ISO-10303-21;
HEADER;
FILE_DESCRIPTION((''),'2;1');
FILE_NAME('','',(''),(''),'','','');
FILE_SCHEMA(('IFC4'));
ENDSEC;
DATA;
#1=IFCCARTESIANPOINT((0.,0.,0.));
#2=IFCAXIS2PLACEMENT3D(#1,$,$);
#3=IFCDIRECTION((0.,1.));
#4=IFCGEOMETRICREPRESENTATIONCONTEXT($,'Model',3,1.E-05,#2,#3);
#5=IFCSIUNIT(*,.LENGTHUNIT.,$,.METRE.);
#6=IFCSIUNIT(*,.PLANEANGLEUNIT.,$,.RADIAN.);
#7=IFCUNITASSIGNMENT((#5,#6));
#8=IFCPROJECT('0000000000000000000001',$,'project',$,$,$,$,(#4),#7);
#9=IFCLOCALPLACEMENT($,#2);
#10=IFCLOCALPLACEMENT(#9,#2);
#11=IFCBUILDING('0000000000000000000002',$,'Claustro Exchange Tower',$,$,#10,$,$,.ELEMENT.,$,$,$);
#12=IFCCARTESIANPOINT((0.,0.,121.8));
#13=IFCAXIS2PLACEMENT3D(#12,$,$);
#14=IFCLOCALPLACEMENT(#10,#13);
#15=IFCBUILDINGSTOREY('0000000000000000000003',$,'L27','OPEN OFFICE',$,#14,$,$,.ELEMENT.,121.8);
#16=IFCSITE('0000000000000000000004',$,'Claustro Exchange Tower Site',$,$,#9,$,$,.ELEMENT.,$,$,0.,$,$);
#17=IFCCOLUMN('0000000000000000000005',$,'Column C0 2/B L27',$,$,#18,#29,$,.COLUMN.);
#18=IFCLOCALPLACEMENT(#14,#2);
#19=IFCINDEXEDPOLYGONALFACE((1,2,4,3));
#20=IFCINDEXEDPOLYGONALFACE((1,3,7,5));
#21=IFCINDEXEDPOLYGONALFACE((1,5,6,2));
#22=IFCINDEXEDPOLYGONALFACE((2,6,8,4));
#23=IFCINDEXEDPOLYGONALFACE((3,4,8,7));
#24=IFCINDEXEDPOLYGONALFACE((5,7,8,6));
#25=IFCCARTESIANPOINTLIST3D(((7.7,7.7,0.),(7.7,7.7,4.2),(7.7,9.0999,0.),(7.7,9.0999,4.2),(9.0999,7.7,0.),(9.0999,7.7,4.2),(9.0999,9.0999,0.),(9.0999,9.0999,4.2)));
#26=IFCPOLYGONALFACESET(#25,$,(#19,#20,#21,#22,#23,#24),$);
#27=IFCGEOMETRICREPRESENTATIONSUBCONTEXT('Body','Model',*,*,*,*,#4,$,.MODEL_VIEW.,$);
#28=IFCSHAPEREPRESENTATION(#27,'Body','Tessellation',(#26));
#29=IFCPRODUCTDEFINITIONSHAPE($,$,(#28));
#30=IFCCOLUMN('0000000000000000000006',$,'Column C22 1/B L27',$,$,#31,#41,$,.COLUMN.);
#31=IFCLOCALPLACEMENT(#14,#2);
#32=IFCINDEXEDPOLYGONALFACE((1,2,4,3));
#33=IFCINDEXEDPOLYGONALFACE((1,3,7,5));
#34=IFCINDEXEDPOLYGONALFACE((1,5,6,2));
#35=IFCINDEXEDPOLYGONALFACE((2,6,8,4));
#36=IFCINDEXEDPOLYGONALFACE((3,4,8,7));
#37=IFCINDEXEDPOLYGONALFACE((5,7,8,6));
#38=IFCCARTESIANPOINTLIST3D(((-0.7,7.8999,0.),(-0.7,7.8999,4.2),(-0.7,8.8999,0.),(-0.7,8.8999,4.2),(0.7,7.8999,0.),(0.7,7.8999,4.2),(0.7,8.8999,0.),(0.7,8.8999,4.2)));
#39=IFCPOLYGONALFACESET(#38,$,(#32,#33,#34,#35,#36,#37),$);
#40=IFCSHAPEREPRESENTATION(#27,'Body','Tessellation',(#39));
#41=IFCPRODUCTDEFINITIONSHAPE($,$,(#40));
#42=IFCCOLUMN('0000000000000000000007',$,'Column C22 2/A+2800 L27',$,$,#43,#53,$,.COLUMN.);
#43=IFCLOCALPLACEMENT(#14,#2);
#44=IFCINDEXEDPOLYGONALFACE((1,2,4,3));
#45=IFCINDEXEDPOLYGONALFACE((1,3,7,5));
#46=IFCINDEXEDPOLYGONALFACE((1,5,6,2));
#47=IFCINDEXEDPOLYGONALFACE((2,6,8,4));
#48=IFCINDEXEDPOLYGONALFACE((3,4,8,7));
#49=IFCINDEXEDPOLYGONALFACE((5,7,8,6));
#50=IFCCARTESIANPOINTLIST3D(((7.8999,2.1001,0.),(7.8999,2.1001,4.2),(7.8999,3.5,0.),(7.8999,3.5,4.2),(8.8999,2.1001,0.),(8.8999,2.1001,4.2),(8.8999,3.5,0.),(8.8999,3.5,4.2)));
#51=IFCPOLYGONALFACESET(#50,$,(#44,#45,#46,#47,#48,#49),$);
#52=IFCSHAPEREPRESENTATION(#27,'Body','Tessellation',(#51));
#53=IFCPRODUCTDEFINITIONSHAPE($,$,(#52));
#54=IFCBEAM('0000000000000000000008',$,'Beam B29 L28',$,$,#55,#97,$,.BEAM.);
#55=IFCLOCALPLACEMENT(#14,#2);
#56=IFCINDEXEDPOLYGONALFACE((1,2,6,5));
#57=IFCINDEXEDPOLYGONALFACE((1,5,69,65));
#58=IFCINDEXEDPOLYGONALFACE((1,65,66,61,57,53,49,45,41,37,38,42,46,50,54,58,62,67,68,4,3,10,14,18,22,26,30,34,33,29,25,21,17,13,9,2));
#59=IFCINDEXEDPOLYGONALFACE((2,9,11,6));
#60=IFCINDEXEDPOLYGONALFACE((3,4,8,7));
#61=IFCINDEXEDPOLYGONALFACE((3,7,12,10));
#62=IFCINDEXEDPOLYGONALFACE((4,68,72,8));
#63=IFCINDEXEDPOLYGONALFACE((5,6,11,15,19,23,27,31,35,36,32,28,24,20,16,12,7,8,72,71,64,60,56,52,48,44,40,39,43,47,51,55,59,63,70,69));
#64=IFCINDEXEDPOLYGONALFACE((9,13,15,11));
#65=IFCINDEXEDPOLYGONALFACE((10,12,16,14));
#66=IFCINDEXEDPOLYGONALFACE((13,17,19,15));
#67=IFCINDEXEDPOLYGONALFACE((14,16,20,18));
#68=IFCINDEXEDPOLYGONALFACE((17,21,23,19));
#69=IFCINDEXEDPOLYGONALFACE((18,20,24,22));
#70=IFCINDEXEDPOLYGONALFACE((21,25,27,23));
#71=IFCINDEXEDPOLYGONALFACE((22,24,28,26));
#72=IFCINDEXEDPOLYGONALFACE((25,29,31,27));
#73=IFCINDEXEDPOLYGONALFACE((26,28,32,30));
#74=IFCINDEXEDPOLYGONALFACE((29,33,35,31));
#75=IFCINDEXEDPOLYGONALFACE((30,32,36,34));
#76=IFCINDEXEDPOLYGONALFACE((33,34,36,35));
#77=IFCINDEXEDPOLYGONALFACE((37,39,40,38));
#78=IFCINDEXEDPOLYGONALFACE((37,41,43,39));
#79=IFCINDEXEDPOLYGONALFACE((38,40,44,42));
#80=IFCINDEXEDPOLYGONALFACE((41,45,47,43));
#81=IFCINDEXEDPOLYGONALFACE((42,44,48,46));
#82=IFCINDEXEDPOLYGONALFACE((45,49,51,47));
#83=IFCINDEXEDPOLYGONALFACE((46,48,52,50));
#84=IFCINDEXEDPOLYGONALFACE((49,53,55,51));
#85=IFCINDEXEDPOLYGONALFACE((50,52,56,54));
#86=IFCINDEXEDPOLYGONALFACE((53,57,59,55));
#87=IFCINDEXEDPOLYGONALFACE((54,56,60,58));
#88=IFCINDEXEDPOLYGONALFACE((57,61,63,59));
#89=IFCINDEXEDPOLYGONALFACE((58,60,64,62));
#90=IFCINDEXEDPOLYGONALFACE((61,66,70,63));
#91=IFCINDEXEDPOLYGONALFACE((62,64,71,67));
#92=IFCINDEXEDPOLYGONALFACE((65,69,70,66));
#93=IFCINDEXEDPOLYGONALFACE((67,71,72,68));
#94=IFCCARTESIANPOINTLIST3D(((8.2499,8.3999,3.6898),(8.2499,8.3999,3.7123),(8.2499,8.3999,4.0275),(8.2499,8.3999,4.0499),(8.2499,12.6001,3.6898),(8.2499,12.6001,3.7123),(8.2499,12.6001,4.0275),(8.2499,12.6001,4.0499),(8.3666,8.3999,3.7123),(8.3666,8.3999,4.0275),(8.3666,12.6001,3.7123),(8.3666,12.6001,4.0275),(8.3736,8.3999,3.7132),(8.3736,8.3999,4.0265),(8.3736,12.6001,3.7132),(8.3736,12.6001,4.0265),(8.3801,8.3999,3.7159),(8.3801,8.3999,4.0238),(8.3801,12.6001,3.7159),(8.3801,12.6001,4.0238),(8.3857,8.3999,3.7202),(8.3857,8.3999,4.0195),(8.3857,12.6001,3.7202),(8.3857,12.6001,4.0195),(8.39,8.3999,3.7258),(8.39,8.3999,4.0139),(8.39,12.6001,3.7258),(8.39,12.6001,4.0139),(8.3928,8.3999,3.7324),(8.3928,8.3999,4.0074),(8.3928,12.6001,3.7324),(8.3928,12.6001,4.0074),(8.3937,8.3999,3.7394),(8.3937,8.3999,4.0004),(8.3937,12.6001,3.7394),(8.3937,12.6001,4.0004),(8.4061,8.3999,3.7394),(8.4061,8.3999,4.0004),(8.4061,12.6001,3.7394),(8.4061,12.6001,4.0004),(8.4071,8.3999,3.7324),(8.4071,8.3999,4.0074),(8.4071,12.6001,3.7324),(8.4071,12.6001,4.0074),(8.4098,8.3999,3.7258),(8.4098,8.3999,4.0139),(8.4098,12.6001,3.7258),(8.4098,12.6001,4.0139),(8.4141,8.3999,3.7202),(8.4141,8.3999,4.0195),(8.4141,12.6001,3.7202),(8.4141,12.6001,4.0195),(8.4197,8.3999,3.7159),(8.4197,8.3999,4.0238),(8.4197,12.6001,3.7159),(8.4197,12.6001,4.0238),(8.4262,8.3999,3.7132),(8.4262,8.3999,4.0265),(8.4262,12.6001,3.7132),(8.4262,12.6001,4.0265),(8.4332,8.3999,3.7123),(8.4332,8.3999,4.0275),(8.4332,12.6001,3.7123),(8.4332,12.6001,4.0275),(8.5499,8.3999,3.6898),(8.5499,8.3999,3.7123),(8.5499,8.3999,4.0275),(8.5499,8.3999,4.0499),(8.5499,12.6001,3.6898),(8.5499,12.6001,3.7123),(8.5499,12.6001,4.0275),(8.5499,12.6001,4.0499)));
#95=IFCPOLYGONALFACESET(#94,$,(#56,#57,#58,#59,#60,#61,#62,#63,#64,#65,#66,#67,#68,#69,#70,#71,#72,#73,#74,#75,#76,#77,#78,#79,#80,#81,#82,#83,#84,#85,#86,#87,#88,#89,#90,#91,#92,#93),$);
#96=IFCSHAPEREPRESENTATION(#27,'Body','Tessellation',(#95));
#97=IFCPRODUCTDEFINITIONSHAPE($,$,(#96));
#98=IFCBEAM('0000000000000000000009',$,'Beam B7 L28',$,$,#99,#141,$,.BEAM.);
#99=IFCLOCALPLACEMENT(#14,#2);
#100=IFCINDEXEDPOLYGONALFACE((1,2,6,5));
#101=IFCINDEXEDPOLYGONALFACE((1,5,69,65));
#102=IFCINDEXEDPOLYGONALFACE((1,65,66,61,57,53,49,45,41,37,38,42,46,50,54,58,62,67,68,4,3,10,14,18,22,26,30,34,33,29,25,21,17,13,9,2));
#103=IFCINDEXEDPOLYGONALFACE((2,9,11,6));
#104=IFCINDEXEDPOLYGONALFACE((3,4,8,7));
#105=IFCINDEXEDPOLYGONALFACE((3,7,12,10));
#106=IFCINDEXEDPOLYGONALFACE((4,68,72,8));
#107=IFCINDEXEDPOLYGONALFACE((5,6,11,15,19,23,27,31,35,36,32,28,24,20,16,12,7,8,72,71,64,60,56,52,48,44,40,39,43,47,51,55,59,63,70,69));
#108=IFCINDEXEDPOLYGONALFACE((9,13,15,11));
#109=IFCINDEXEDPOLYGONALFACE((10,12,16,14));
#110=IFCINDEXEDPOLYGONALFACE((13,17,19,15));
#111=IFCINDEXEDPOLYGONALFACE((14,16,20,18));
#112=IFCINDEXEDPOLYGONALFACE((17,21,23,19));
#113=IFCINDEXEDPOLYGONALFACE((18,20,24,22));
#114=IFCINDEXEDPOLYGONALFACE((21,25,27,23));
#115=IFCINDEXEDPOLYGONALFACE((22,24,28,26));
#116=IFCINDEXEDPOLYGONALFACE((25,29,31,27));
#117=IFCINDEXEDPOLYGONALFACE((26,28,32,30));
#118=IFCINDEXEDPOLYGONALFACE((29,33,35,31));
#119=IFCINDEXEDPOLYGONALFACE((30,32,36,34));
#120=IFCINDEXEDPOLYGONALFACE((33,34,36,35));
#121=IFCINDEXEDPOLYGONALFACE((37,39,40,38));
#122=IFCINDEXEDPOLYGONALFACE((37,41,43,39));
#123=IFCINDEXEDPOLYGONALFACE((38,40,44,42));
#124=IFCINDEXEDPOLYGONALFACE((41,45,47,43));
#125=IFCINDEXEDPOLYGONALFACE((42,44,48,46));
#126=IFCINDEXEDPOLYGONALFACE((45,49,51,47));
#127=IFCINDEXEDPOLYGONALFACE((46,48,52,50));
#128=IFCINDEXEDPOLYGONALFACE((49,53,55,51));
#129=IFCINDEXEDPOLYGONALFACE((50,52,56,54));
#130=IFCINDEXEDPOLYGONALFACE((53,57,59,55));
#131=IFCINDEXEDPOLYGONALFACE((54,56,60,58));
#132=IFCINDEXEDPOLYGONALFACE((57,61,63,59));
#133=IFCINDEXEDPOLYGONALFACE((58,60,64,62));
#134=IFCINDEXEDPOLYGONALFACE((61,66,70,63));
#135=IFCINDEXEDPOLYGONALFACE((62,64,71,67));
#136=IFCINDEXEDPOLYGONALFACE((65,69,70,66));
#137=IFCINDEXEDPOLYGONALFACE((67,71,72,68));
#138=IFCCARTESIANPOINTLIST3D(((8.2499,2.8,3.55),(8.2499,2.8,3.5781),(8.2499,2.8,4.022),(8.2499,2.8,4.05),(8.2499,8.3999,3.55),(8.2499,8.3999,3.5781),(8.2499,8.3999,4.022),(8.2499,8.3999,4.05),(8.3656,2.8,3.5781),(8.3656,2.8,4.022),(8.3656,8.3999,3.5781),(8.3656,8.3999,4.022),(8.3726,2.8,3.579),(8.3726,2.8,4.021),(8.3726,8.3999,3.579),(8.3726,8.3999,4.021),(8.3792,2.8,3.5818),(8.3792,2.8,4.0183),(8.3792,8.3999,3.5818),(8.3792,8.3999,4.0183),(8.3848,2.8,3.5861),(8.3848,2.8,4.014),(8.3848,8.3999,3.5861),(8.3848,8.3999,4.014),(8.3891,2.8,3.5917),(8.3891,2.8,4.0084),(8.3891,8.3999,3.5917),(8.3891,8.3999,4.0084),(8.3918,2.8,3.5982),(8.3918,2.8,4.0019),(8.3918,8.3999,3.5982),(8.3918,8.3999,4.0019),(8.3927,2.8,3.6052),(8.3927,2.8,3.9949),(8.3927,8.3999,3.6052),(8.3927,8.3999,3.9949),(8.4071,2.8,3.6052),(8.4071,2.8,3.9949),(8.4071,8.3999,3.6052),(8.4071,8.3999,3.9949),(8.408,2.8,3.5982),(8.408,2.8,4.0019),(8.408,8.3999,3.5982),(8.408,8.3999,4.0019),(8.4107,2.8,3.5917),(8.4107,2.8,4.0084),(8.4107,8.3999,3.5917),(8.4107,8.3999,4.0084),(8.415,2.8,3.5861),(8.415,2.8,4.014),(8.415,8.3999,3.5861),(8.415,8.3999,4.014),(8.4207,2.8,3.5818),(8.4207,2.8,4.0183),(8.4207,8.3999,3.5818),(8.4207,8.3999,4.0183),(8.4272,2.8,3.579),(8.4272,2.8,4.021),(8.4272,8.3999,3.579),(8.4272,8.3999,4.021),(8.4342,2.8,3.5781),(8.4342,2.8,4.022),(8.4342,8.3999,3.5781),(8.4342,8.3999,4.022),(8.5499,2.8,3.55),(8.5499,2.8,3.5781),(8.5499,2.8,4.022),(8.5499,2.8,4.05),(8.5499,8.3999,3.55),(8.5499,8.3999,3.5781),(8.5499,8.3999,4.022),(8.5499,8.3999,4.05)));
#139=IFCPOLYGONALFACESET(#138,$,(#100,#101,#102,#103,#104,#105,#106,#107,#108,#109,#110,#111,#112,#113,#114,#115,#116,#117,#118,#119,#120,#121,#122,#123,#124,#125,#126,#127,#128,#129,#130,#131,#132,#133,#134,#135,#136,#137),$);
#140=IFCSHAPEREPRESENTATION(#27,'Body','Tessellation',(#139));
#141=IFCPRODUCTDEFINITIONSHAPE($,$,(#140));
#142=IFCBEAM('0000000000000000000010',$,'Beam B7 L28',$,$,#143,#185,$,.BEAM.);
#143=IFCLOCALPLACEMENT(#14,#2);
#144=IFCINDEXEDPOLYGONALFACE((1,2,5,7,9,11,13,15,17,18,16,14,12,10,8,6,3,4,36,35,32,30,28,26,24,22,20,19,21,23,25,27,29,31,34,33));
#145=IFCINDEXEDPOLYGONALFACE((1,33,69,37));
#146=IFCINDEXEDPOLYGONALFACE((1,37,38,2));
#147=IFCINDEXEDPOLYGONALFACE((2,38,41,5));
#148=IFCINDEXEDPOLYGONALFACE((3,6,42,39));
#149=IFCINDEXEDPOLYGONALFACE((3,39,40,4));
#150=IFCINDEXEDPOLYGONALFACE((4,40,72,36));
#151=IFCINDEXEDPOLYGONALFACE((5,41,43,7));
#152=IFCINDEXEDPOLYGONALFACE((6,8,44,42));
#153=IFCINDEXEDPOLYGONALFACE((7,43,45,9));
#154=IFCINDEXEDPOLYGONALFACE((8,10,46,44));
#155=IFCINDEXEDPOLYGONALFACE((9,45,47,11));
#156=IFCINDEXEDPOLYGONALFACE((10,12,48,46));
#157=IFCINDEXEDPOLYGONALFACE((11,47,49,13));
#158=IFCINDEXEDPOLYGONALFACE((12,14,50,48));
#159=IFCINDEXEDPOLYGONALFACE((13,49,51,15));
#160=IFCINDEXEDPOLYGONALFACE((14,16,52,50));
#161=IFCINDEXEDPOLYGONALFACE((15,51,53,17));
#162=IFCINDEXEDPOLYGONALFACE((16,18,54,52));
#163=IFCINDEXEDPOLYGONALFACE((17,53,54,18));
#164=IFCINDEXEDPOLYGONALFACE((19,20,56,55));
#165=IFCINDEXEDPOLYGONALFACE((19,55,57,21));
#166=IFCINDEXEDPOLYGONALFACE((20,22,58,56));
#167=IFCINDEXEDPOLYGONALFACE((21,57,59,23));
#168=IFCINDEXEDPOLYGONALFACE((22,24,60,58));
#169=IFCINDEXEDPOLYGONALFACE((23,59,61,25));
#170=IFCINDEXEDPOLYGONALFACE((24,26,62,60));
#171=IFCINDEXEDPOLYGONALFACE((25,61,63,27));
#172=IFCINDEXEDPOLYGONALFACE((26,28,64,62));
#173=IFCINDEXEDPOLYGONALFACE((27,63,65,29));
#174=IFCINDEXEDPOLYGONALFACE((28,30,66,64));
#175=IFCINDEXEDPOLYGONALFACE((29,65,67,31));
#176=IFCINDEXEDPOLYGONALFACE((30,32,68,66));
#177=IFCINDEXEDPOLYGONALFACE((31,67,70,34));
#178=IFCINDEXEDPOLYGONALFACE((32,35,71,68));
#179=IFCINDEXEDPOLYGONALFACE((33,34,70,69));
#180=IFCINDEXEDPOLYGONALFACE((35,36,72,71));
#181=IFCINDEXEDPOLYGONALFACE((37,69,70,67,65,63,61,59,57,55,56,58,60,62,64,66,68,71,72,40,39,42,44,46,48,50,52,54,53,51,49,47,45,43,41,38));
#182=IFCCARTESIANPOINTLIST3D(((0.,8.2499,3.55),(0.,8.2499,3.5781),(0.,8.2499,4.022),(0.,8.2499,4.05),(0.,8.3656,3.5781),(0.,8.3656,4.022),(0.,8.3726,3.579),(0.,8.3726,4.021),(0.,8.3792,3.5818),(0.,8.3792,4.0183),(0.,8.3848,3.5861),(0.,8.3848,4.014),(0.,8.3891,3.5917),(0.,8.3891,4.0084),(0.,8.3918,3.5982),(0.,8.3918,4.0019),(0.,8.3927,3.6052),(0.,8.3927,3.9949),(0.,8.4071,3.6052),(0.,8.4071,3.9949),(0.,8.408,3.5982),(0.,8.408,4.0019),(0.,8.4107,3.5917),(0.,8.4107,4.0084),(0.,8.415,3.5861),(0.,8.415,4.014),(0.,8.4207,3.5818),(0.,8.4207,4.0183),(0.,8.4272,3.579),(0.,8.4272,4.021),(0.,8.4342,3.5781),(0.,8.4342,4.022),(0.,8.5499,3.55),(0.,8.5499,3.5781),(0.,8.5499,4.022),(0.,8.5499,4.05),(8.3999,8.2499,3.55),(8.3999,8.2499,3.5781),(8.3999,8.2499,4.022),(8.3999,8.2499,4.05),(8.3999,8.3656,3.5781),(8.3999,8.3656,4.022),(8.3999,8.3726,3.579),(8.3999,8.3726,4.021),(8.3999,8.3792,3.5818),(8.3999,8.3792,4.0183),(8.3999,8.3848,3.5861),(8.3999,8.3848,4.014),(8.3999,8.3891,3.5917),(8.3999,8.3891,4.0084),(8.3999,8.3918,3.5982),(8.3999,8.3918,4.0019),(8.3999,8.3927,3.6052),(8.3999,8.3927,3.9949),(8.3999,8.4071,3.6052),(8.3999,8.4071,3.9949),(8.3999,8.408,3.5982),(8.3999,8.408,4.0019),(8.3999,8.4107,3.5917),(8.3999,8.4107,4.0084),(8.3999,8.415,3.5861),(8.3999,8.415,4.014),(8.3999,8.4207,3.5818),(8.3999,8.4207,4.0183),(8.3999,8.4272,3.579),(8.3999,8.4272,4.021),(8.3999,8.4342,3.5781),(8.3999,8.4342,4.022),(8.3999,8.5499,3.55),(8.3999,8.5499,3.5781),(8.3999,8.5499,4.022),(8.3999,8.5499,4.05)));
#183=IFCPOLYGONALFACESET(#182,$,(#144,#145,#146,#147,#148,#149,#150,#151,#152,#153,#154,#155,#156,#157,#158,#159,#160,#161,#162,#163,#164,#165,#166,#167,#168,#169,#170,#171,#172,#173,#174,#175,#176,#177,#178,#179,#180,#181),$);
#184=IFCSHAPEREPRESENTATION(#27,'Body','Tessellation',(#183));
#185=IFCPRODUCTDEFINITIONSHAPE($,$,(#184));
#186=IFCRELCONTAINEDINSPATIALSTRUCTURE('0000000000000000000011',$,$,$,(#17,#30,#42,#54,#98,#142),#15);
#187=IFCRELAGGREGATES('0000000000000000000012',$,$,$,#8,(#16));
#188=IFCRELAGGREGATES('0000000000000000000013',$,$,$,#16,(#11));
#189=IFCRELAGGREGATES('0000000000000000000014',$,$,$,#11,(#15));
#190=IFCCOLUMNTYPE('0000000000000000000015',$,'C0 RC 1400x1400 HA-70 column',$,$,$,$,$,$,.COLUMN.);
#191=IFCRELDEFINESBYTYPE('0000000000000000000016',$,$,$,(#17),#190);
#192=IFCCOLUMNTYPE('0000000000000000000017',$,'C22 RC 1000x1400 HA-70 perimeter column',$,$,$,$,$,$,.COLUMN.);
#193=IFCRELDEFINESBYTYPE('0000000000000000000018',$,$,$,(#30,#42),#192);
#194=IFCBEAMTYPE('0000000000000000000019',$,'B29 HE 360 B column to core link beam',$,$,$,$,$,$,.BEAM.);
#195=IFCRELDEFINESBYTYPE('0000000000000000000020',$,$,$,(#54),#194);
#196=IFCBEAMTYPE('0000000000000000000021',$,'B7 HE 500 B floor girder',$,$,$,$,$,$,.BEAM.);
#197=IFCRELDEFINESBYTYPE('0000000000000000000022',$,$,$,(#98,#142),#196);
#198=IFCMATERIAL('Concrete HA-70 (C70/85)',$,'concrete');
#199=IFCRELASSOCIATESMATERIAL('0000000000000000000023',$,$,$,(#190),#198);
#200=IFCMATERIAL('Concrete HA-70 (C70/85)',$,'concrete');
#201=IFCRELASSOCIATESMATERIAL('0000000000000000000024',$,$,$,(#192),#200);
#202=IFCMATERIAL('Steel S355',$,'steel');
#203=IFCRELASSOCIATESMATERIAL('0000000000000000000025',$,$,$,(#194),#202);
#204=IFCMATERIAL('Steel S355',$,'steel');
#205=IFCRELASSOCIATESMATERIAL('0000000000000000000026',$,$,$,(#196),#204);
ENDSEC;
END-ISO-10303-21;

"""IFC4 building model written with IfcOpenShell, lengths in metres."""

from ifc_helpers import new_model, si_unit, direction, frame, origin, origin_2d, place, context, subcontext, project, spatial, rectangle, i_section, extrude, material, material_profile, profile_set, type_object, element, save


model = new_model("IFC4")

# Units and contexts
model_context = context("Model", 3, precision=1e-05, world=origin(), true_north=direction((0.0, 1.0)))
body_context = subcontext(model_context, "Body", "Model", "MODEL_VIEW")
ifc_project = project(units=[si_unit("LENGTHUNIT", "METRE"), si_unit("PLANEANGLEUNIT", "RADIAN")], contexts=[model_context])

# Site, building, storey
site_placement = place(None, origin())
site = spatial("IfcSite", under=ifc_project, at=site_placement, Name="Claustro Exchange Tower Site", CompositionType="ELEMENT", RefElevation=0.0)
building_placement = place(site_placement, origin())
building = spatial("IfcBuilding", under=site, at=building_placement, Name="Claustro Exchange Tower", CompositionType="ELEMENT")
storey_placement = place(building_placement, frame((0.0, 0.0, 121.8)))
storey = spatial("IfcBuildingStorey", under=building, at=storey_placement, Name="L27", Description="OPEN OFFICE", CompositionType="ELEMENT", Elevation=121.8)

# Columns
ifc_material_1 = material(Name="Concrete HA-70 (C70/85)", Category="concrete")
ifc_material_profile_1 = material_profile(ifc_material_1, rectangle(XDim=1.3999, YDim=1.3999, at=origin_2d()), Name="RC 1400x1400")
ifc_profile_set_1 = profile_set([ifc_material_profile_1], Name="Concrete HA-70 (C70/85)")
column_type_1 = type_object("IfcColumnType", Name="C0 RC 1400x1400 HA-70 column", PredefinedType="COLUMN", material=ifc_profile_set_1)
column_placement = place(storey_placement, frame((8.3999, 8.3999, 0.0), z_axis=(0.0, 0.0, 1.0), x_axis=(1.0, 0.0, 0.0)))
element("IfcColumn", 1, at=column_placement, inside=storey, type_object=column_type_1, Name="Column C0 2/B L27", PredefinedType="COLUMN", context=body_context, shape_type="SweptSolid", body=[
    extrude(rectangle(XDim=1.3999, YDim=1.3999, at=origin_2d()), origin(), (0.0, 0.0, 1.0), 4.2),
])
ifc_material_2 = material(Name="Concrete HA-70 (C70/85)", Category="concrete")
ifc_material_profile_2 = material_profile(ifc_material_2, rectangle(XDim=1.0, YDim=1.3999, at=origin_2d()), Name="RC 1000x1400")
ifc_profile_set_2 = profile_set([ifc_material_profile_2], Name="Concrete HA-70 (C70/85)")
column_type_2 = type_object("IfcColumnType", Name="C22 RC 1000x1400 HA-70 perimeter column", PredefinedType="COLUMN", material=ifc_profile_set_2)
for number, where, z_axis, x_axis, name in (
    (2, (0.0, 8.3999, 0.0), (0.0, 0.0, 1.0), (0.0, 1.0, 0.0), "Column C22 1/B L27"),
    (3, (8.3999, 2.8, 0.0), (0.0, 0.0, 1.0), (1.0, 0.0, 0.0), "Column C22 2/A+2800 L27"),
):
    element("IfcColumn", number, at=place(storey_placement, frame(where, z_axis=z_axis, x_axis=x_axis)), inside=storey, type_object=column_type_2, Name=name, PredefinedType="COLUMN", context=body_context, shape_type="SweptSolid", body=[
        extrude(rectangle(XDim=1.0, YDim=1.3999, at=origin_2d()), origin(), (0.0, 0.0, 1.0), 4.2),
    ])

# Beams
ifc_material_3 = material(Name="Steel S355", Category="steel")
ifc_material_profile_3 = material_profile(ifc_material_3, i_section(OverallWidth=0.3, OverallDepth=0.3601, WebThickness=0.0125, FlangeThickness=0.0225, FilletRadius=0.0271, at=origin_2d()), Name="HE 360 B")
ifc_profile_set_3 = profile_set([ifc_material_profile_3], Name="Steel S355")
beam_type_1 = type_object("IfcBeamType", Name="B29 HE 360 B column to core link beam", PredefinedType="BEAM", material=ifc_profile_set_3)
beam_1_placement = place(storey_placement, frame((8.3999, 8.3999, 3.8699), z_axis=(0.0, 1.0, 0.0), x_axis=(-1.0, 0.0, 0.0)))
element("IfcBeam", 4, at=beam_1_placement, inside=storey, type_object=beam_type_1, Name="Beam B29 L28", PredefinedType="BEAM", context=body_context, shape_type="SweptSolid", body=[
    extrude(i_section(OverallWidth=0.3, OverallDepth=0.3601, WebThickness=0.0125, FlangeThickness=0.0225, FilletRadius=0.0271, at=origin_2d()), origin(), (0.0, 0.0, 1.0), 4.2002),
])
ifc_material_4 = material(Name="Steel S355", Category="steel")
ifc_material_profile_4 = material_profile(ifc_material_4, i_section(OverallWidth=0.3, OverallDepth=0.5, WebThickness=0.0144, FlangeThickness=0.0281, FilletRadius=0.0271, at=origin_2d()), Name="HE 500 B")
ifc_profile_set_4 = profile_set([ifc_material_profile_4], Name="Steel S355")
beam_type_2 = type_object("IfcBeamType", Name="B7 HE 500 B floor girder", PredefinedType="BEAM", material=ifc_profile_set_4)
beam_2_placement = place(storey_placement, frame((8.3999, 2.8, 3.8), z_axis=(0.0, 1.0, 0.0), x_axis=(-1.0, 0.0, 0.0)))
element("IfcBeam", 5, at=beam_2_placement, inside=storey, type_object=beam_type_2, Name="Beam B7 L28", PredefinedType="BEAM", context=body_context, shape_type="SweptSolid", body=[
    extrude(i_section(OverallWidth=0.3, OverallDepth=0.5, WebThickness=0.0144, FlangeThickness=0.0281, FilletRadius=0.0271, at=origin_2d()), origin(), (0.0, 0.0, 1.0), 5.5999),
])
beam_3_placement = place(storey_placement, frame((0.0, 8.3999, 3.8), z_axis=(1.0, 0.0, 0.0), x_axis=(0.0, 1.0, 0.0)))
element("IfcBeam", 6, at=beam_3_placement, inside=storey, type_object=beam_type_2, Name="Beam B7 L28", PredefinedType="BEAM", context=body_context, shape_type="SweptSolid", body=[
    extrude(i_section(OverallWidth=0.3, OverallDepth=0.5, WebThickness=0.0144, FlangeThickness=0.0281, FilletRadius=0.0271, at=origin_2d()), origin(), (0.0, 0.0, 1.0), 8.3999),
])

save(model, "model.ifc")
